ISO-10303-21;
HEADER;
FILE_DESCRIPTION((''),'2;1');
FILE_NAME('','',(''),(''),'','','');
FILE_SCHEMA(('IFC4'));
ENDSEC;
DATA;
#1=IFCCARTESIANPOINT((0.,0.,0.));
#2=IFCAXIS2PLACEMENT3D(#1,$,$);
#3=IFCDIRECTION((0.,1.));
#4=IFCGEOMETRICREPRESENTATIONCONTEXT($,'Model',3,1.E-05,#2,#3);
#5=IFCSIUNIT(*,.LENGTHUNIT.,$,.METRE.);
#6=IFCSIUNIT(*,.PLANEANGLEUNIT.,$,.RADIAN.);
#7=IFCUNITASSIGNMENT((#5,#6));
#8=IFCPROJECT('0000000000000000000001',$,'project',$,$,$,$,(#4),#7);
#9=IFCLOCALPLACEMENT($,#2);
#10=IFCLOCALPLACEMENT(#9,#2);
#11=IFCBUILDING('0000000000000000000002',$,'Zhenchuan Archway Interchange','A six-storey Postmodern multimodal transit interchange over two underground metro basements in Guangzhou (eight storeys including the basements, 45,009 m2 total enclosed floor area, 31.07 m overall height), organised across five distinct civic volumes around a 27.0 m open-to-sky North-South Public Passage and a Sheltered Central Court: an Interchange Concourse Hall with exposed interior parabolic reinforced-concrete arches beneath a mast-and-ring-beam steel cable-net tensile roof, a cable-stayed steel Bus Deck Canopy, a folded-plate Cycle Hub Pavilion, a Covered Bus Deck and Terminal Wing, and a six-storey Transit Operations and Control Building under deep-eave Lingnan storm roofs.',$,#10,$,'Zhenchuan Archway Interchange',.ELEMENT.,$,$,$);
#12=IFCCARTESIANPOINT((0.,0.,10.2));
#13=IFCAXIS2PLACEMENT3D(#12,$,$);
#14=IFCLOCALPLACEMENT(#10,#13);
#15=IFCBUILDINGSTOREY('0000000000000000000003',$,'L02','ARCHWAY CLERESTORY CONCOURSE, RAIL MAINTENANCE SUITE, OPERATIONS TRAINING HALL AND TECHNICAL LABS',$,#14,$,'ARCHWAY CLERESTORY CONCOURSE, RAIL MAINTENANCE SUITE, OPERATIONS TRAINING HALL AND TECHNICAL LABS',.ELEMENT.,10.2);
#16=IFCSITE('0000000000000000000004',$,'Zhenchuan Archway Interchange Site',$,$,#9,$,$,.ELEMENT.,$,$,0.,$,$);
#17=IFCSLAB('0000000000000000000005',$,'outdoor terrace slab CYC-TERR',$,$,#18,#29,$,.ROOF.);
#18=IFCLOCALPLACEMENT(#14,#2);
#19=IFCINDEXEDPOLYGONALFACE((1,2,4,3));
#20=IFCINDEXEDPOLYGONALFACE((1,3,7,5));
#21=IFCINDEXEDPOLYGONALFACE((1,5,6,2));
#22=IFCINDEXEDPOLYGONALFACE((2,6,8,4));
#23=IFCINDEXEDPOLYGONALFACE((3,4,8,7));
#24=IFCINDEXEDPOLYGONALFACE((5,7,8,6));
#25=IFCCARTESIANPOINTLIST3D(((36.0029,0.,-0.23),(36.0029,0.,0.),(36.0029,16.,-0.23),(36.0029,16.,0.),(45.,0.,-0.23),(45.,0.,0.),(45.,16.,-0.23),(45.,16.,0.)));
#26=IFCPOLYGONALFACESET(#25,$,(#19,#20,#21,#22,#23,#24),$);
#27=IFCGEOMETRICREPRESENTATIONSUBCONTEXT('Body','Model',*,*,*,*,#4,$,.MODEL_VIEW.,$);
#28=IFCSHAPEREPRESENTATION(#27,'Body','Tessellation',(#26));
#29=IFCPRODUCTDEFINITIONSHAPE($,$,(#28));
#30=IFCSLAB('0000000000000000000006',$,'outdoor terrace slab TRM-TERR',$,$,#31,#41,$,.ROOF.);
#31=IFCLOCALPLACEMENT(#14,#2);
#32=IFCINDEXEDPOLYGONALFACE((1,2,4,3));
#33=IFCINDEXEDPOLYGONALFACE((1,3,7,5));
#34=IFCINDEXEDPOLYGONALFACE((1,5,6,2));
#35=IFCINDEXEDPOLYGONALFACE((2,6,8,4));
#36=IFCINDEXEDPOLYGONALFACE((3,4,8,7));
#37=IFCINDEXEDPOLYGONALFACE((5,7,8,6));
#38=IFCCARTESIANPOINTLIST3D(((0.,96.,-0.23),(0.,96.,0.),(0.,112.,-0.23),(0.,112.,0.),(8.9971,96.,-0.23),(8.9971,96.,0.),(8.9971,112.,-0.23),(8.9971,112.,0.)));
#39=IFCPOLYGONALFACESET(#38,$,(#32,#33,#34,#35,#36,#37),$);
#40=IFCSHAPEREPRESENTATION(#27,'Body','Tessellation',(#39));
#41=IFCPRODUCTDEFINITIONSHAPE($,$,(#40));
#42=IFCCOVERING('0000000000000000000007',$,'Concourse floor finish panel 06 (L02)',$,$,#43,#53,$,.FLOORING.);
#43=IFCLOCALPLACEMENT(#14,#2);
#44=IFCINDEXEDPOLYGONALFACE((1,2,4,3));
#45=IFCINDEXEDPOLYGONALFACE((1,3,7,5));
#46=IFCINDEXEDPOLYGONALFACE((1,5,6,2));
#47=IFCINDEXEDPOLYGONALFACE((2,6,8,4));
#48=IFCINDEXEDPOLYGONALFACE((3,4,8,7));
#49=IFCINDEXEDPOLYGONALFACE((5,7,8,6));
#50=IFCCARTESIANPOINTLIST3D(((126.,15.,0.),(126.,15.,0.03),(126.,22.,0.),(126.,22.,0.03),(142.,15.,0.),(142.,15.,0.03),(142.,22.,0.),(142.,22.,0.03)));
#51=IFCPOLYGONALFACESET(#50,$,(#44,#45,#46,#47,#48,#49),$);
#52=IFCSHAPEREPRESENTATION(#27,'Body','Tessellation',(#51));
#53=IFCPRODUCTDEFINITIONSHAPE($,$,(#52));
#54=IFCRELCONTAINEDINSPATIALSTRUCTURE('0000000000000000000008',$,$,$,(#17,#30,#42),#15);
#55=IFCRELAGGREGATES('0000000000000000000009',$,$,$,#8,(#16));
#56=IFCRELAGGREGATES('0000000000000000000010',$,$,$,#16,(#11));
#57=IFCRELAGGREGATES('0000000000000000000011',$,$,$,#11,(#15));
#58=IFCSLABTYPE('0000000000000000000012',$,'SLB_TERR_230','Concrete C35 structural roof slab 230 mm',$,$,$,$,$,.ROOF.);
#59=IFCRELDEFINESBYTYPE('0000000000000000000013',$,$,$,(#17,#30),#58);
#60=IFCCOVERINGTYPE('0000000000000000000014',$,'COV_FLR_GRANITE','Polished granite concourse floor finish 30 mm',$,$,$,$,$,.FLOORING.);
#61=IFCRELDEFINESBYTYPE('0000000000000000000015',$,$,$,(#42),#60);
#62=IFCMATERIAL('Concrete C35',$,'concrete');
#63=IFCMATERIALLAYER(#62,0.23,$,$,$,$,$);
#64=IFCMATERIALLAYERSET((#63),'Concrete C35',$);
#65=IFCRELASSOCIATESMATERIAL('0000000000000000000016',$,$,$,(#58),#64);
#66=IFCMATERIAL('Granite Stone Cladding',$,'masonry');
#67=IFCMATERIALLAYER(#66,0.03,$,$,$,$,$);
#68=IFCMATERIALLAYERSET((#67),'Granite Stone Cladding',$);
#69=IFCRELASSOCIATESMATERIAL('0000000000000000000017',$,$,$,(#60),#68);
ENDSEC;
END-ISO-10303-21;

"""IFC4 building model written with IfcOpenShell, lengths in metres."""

from ifc_helpers import new_model, si_unit, direction, frame, origin, place, context, subcontext, project, spatial, polyline, outline, extrude, material, layer, layer_set, type_object, element, save


model = new_model("IFC4")

# Units and contexts
model_context = context("Model", 3, precision=1e-05, world=origin(), true_north=direction((0.0, 1.0)))
body_context = subcontext(model_context, "Body", "Model", "MODEL_VIEW")
ifc_project = project(units=[si_unit("LENGTHUNIT", "METRE"), si_unit("PLANEANGLEUNIT", "RADIAN")], contexts=[model_context])

# Site, building, storey
site_placement = place(None, origin())
site = spatial("IfcSite", under=ifc_project, at=site_placement, Name="Zhenchuan Archway Interchange Site", CompositionType="ELEMENT", RefElevation=0.0)
building_placement = place(site_placement, origin())
building = spatial("IfcBuilding", under=site, at=building_placement, Name="Zhenchuan Archway Interchange", Description="A six-storey Postmodern multimodal transit interchange over two underground metro basements in Guangzhou (eight storeys including the basements, 45,009 m2 total enclosed floor area, 31.07 m overall height), organised across five distinct civic volumes around a 27.0 m open-to-sky North-South Public Passage and a Sheltered Central Court: an Interchange Concourse Hall with exposed interior parabolic reinforced-concrete arches beneath a mast-and-ring-beam steel cable-net tensile roof, a cable-stayed steel Bus Deck Canopy, a folded-plate Cycle Hub Pavilion, a Covered Bus Deck and Terminal Wing, and a six-storey Transit Operations and Control Building under deep-eave Lingnan storm roofs.", LongName="Zhenchuan Archway Interchange", CompositionType="ELEMENT")
storey_placement = place(building_placement, frame((0.0, 0.0, 10.2)))
storey = spatial("IfcBuildingStorey", under=building, at=storey_placement, Name="L02", Description="ARCHWAY CLERESTORY CONCOURSE, RAIL MAINTENANCE SUITE, OPERATIONS TRAINING HALL AND TECHNICAL LABS", LongName="ARCHWAY CLERESTORY CONCOURSE, RAIL MAINTENANCE SUITE, OPERATIONS TRAINING HALL AND TECHNICAL LABS", CompositionType="ELEMENT", Elevation=10.2)

# Shared definitions
ifc_material_1 = material(Name="Concrete C35", Category="concrete")

# Slabs
ifc_layer_1 = layer(ifc_material_1, 0.23)
ifc_layer_set_1 = layer_set([ifc_layer_1], Name="Concrete C35")
slab_type_1 = type_object("IfcSlabType", Name="SLB_TERR_230", Description="Concrete C35 structural roof slab 230 mm", PredefinedType="ROOF", material=ifc_layer_set_1)
slab_1_placement = place(storey_placement, frame((0.0, 0.0, -0.23)))
element("IfcSlab", 1, at=slab_1_placement, inside=storey, type_object=slab_type_1, Name="outdoor terrace slab CYC-TERR", PredefinedType="ROOF", context=body_context, shape_type="SweptSolid", body=[
    extrude(outline(polyline([(45.0, 16.0), (45.0, 0.0), (36.0029, 0.0), (36.0029, 16.0), (45.0, 16.0)])), origin(), (0.0, 0.0, 1.0), 0.23),
])
slab_2_placement = place(storey_placement, frame((0.0, 0.0, -0.23)))
element("IfcSlab", 2, at=slab_2_placement, inside=storey, type_object=slab_type_1, Name="outdoor terrace slab TRM-TERR", PredefinedType="ROOF", context=body_context, shape_type="SweptSolid", body=[
    extrude(outline(polyline([(0.0, 96.0), (0.0, 112.0), (8.9971, 112.0), (8.9971, 96.0), (0.0, 96.0)])), origin(), (0.0, 0.0, 1.0), 0.23),
])

# Covering
ifc_material_2 = material(Name="Granite Stone Cladding", Category="masonry")
ifc_layer_2 = layer(ifc_material_2, 0.03)
ifc_layer_set_2 = layer_set([ifc_layer_2], Name="Granite Stone Cladding")
covering_type = type_object("IfcCoveringType", Name="COV_FLR_GRANITE", Description="Polished granite concourse floor finish 30 mm", PredefinedType="FLOORING", material=ifc_layer_set_2)
covering_placement = place(storey_placement, origin())
element("IfcCovering", 3, at=covering_placement, inside=storey, type_object=covering_type, Name="Concourse floor finish panel 06 (L02)", PredefinedType="FLOORING", context=body_context, shape_type="SweptSolid", body=[
    extrude(outline(polyline([(126.0, 15.0), (142.0, 15.0), (142.0, 22.0), (126.0, 22.0), (126.0, 15.0)])), origin(), (0.0, 0.0, 1.0), 0.03),
])

save(model, "model.ifc")
